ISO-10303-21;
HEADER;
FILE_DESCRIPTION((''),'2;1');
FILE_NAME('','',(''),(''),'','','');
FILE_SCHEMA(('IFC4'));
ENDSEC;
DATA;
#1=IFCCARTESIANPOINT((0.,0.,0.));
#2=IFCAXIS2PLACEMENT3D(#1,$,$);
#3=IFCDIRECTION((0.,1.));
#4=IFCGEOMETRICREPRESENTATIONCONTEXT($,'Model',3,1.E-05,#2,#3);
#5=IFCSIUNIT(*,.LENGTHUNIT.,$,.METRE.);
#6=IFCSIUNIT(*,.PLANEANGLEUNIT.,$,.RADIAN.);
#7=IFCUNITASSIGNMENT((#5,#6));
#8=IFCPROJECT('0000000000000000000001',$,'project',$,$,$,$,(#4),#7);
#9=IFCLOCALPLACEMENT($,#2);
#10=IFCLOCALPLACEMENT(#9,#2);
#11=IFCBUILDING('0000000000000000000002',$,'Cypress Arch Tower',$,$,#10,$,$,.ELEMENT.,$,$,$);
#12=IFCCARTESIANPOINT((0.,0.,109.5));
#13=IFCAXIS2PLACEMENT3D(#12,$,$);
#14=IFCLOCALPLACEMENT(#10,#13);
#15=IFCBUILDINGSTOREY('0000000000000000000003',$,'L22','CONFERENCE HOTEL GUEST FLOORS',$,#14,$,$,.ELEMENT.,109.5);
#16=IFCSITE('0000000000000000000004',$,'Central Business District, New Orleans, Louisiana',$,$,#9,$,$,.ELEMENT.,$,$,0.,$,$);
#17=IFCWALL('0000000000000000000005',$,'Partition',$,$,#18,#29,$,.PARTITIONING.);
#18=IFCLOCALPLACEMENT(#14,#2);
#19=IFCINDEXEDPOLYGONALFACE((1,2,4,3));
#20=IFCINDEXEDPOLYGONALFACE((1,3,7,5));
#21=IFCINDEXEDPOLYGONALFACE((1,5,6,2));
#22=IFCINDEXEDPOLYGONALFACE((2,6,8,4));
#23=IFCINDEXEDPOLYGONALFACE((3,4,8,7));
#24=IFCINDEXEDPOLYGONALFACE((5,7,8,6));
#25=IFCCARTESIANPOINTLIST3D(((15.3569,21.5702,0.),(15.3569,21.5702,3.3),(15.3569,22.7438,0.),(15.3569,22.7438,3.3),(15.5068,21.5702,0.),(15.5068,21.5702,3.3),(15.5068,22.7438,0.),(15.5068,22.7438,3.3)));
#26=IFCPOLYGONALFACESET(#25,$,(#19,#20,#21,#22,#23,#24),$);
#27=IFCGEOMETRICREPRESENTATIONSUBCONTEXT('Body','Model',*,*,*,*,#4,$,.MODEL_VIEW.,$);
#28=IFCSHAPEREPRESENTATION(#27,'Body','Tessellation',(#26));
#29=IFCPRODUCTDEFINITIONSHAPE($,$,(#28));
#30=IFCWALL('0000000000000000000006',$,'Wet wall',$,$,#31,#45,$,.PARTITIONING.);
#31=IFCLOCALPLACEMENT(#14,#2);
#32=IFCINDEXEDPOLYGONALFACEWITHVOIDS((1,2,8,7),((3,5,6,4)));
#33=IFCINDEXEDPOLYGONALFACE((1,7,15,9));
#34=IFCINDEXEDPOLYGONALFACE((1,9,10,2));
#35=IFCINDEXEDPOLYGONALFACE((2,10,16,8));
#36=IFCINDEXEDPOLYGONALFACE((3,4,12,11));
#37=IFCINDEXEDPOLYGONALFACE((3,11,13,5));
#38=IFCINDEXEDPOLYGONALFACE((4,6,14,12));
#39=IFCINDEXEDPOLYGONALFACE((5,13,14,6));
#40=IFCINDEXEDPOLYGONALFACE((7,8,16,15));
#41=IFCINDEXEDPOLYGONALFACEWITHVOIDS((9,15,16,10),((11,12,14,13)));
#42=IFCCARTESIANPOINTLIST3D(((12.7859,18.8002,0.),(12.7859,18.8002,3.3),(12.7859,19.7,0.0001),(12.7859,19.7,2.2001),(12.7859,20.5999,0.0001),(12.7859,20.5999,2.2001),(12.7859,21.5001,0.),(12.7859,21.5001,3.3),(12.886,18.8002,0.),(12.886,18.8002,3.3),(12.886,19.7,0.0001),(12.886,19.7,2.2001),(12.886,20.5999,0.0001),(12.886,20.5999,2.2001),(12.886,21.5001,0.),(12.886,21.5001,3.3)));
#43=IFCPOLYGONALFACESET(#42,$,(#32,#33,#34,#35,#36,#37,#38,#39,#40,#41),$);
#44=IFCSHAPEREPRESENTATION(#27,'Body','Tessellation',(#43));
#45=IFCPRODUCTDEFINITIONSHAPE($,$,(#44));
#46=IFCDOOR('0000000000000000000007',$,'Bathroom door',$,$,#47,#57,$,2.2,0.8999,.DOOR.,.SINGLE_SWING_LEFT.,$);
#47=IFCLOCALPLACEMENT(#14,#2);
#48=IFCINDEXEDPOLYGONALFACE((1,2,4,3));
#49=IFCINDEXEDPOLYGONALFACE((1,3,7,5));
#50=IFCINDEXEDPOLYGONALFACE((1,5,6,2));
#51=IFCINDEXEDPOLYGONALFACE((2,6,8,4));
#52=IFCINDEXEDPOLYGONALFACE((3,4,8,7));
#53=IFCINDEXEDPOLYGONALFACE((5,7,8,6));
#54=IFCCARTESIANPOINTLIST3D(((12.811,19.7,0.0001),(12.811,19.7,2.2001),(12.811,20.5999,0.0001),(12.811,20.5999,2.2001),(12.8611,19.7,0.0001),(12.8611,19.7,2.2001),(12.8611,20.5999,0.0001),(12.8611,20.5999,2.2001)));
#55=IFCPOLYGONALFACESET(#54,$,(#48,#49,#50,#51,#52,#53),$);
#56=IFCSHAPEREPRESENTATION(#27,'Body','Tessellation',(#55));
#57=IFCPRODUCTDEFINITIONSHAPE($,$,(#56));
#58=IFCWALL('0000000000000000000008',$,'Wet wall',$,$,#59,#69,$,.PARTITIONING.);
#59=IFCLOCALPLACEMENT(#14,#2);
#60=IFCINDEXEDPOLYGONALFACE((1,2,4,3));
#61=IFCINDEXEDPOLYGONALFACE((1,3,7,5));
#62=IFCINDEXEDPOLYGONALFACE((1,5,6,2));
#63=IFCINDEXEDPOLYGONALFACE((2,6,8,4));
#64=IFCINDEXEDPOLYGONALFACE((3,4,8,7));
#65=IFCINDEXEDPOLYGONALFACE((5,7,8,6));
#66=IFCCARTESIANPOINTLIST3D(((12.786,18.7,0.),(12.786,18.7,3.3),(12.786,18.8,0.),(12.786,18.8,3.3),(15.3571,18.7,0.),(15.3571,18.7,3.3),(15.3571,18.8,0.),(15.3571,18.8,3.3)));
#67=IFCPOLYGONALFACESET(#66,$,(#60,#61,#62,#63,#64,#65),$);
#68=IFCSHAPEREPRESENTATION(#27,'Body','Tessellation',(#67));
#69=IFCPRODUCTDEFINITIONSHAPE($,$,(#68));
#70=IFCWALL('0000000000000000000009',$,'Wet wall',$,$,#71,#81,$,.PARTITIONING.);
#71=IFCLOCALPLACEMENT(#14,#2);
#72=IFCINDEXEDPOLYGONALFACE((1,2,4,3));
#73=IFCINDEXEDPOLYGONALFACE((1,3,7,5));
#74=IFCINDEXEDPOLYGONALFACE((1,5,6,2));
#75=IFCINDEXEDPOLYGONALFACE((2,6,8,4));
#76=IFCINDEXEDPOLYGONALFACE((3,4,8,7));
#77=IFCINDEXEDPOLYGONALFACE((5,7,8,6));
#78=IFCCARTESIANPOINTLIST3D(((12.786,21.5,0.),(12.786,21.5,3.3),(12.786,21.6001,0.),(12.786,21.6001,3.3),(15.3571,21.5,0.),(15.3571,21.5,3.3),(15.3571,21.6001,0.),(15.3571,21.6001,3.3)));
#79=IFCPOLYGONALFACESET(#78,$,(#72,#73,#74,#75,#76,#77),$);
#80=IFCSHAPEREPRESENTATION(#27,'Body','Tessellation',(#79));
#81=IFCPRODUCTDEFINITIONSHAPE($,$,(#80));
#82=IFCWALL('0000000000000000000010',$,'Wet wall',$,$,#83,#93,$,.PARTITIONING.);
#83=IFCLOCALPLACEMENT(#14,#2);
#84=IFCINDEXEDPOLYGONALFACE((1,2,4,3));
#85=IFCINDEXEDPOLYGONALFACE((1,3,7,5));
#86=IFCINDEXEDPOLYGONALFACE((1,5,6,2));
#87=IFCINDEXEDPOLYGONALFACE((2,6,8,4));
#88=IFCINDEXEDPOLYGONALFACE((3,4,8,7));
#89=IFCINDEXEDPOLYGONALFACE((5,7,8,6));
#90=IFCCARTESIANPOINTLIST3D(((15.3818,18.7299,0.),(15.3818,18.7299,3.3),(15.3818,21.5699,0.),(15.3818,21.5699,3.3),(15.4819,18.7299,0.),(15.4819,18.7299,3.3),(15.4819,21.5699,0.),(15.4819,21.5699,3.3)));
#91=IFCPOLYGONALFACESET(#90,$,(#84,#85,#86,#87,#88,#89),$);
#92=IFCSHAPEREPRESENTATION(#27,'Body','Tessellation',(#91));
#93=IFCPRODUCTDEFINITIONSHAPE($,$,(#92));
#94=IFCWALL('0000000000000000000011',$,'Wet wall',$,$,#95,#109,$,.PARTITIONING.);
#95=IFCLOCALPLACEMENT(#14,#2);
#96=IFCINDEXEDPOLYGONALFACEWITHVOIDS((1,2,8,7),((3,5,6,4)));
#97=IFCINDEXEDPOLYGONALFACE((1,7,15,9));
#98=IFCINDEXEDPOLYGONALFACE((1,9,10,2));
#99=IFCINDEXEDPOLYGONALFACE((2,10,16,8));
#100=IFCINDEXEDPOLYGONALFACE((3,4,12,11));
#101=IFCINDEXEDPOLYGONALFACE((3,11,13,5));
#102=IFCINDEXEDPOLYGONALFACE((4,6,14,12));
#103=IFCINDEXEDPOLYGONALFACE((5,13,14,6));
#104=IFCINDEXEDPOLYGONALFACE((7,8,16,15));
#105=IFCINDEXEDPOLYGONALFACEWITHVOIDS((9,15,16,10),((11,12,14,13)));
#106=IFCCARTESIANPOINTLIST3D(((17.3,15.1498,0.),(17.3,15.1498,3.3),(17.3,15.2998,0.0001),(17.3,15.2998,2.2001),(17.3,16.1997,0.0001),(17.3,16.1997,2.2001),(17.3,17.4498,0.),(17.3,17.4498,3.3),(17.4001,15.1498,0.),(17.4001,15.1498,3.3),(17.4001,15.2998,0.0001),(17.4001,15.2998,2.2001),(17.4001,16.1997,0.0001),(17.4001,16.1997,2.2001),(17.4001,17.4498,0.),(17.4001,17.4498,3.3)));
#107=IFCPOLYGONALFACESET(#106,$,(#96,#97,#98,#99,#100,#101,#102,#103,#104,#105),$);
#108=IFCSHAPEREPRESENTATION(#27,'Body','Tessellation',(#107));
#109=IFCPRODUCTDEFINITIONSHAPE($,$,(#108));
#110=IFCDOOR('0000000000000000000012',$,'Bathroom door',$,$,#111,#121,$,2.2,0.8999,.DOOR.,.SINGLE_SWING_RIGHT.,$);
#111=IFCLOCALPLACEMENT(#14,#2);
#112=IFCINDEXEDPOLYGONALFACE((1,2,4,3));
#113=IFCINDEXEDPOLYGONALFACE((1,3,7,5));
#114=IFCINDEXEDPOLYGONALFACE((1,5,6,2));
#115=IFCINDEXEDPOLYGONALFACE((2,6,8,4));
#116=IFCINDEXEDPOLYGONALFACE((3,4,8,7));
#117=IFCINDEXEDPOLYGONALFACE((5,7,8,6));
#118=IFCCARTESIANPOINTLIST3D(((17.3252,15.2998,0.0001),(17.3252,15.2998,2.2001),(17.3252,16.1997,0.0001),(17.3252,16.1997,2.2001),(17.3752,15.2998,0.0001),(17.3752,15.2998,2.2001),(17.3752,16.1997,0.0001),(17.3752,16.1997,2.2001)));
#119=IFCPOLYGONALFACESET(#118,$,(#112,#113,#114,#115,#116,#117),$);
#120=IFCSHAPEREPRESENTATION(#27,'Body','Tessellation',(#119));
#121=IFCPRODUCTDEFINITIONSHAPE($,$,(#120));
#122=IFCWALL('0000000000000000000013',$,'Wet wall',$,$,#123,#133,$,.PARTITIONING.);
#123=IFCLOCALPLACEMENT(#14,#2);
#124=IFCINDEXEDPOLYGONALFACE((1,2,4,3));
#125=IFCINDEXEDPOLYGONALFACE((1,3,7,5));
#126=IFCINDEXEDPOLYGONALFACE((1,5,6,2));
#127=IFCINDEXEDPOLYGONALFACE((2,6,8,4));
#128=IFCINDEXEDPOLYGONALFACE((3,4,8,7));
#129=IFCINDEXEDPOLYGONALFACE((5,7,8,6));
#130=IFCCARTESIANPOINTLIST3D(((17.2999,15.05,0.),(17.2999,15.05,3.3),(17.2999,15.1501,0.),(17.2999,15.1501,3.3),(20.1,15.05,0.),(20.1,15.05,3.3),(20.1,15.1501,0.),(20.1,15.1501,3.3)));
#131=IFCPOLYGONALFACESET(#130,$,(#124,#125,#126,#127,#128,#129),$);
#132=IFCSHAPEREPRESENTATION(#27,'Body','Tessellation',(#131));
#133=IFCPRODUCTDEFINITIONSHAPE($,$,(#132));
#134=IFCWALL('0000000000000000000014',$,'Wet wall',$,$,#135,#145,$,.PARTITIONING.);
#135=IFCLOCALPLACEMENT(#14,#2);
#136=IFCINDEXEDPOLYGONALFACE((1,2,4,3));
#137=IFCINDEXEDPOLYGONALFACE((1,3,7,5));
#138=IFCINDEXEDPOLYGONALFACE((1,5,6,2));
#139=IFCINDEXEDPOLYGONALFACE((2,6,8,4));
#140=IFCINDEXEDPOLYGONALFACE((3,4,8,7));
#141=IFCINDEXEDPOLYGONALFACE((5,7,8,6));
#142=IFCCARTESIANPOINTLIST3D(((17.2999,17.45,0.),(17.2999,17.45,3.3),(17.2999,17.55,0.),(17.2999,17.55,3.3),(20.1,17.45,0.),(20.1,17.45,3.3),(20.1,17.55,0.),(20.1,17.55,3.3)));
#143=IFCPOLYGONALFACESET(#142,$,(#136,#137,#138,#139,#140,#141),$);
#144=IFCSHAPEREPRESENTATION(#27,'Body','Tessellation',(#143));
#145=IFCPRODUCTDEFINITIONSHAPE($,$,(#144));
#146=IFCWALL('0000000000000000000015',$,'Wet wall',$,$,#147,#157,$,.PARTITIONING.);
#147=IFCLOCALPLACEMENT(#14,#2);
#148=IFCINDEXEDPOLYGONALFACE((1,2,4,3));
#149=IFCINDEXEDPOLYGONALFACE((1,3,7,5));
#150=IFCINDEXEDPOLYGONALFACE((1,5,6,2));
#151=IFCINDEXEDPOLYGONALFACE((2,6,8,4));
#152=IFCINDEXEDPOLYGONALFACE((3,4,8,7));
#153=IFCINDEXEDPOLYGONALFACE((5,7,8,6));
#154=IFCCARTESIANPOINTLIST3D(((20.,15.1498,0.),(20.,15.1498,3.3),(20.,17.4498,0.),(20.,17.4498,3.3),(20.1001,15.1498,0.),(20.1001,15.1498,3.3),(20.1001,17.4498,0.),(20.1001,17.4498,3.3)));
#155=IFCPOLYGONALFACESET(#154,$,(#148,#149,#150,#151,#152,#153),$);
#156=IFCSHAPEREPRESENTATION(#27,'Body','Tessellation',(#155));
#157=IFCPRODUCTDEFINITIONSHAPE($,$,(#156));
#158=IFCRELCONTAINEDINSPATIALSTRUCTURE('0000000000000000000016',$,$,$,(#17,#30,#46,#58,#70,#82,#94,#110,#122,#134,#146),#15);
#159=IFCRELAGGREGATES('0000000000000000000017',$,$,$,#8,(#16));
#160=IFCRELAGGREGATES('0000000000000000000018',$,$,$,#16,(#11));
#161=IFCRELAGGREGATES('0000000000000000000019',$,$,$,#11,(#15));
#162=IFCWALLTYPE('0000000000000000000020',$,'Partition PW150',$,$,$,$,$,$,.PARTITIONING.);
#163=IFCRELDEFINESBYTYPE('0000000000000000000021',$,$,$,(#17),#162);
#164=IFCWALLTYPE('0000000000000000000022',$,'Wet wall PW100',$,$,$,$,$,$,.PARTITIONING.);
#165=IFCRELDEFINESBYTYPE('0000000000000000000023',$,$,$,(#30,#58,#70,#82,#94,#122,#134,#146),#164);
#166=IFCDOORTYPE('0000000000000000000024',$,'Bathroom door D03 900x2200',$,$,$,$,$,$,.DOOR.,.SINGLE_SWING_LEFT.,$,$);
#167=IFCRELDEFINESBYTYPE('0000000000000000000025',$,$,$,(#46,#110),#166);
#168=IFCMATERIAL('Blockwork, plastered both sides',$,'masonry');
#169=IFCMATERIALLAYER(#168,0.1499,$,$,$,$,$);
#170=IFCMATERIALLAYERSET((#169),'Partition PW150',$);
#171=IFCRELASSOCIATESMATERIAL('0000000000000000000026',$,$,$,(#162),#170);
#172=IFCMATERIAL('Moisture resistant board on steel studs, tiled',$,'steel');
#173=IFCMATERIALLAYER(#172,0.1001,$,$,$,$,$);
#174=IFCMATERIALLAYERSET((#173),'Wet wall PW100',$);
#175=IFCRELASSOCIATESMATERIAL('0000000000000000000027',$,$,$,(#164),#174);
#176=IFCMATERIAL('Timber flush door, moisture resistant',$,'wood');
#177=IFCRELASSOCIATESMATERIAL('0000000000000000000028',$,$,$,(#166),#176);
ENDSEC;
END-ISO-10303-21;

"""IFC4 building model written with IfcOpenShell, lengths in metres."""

from ifc_helpers import new_model, si_unit, direction, frame, frame_2d, origin, place, context, subcontext, project, spatial, rectangle, extrude, material, layer, layer_set, type_object, element, fill, save


model = new_model("IFC4")

# Units and contexts
model_context = context("Model", 3, precision=1e-05, world=origin(), true_north=direction((0.0, 1.0)))
body_context = subcontext(model_context, "Body", "Model", "MODEL_VIEW")
ifc_project = project(units=[si_unit("LENGTHUNIT", "METRE"), si_unit("PLANEANGLEUNIT", "RADIAN")], contexts=[model_context])

# Site, building, storey
site_placement = place(None, origin())
site = spatial("IfcSite", under=ifc_project, at=site_placement, Name="Central Business District, New Orleans, Louisiana", CompositionType="ELEMENT", RefElevation=0.0)
building_placement = place(site_placement, origin())
building = spatial("IfcBuilding", under=site, at=building_placement, Name="Cypress Arch Tower", CompositionType="ELEMENT")
storey_placement = place(building_placement, frame((0.0, 0.0, 109.5)))
storey = spatial("IfcBuildingStorey", under=building, at=storey_placement, Name="L22", Description="CONFERENCE HOTEL GUEST FLOORS", CompositionType="ELEMENT", Elevation=109.5)

# Wall
ifc_material_1 = material(Name="Blockwork, plastered both sides", Category="masonry")
ifc_layer_1 = layer(ifc_material_1, 0.1499)
ifc_layer_set_1 = layer_set([ifc_layer_1], Name="Partition PW150")
wall_type_1 = type_object("IfcWallType", Name="Partition PW150", PredefinedType="PARTITIONING", material=ifc_layer_set_1)
wall_1_placement = place(storey_placement, frame((15.4319, 21.5701, 0.0), z_axis=(0.0, 0.0, 1.0), x_axis=(0.0, 1.0, 0.0)))
element("IfcWall", 1, at=wall_1_placement, inside=storey, type_object=wall_type_1, Name="Partition", PredefinedType="PARTITIONING", context=body_context, shape_type="SweptSolid", body=[
    extrude(rectangle(XDim=1.1736, YDim=0.1499, at=frame_2d((0.5869, 0.0))), origin(), (0.0, 0.0, 1.0), 3.3),
])

# Wall, opening, door
ifc_material_2 = material(Name="Moisture resistant board on steel studs, tiled", Category="steel")
ifc_layer_2 = layer(ifc_material_2, 0.1001)
ifc_layer_set_2 = layer_set([ifc_layer_2], Name="Wet wall PW100")
wall_type_2 = type_object("IfcWallType", Name="Wet wall PW100", PredefinedType="PARTITIONING", material=ifc_layer_set_2)
wall_2_placement = place(storey_placement, frame((12.8359, 18.8, 0.0), z_axis=(0.0, 0.0, 1.0), x_axis=(0.0, 1.0, 0.0)))
wall_2 = element("IfcWall", 2, at=wall_2_placement, inside=storey, type_object=wall_type_2, Name="Wet wall", PredefinedType="PARTITIONING", context=body_context, shape_type="SweptSolid", body=[
    extrude(rectangle(XDim=2.7, YDim=0.1001, at=frame_2d((1.3501, 0.0))), origin(), (0.0, 0.0, 1.0), 3.3),
])
opening_1_placement = place(wall_2_placement, frame((0.8999, 0.0, 0.0)))
opening_1 = element("IfcOpeningElement", 3, at=opening_1_placement, cuts=wall_2, PredefinedType="OPENING", context=body_context, shape_type="SweptSolid", body=[
    extrude(rectangle(XDim=0.8999, YDim=2.2, at=frame_2d((0.45, 1.1001))), frame((0.0, 0.0601, 0.0), z_axis=(0.0, -1.0, 0.0), x_axis=(1.0, 0.0, 0.0)), (0.0, 0.0, 1.0), 0.1201),
])
ifc_material_3 = material(Name="Timber flush door, moisture resistant", Category="wood")
door_type_1 = type_object("IfcDoorType", Name="Bathroom door D03 900x2200", OperationType="SINGLE_SWING_LEFT", PredefinedType="DOOR", material=ifc_material_3)
door_1_placement = place(opening_1_placement, origin())
door_1 = element("IfcDoor", 4, at=door_1_placement, inside=storey, type_object=door_type_1, Name="Bathroom door", OperationType="SINGLE_SWING_LEFT", OverallHeight=2.2, OverallWidth=0.8999, PredefinedType="DOOR", context=body_context, shape_type="SweptSolid", body=[
    extrude(rectangle(XDim=0.8999, YDim=2.2, at=frame_2d((0.45, 1.1001))), frame((0.0, 0.0249, 0.0), z_axis=(0.0, -1.0, 0.0), x_axis=(1.0, 0.0, 0.0)), (0.0, 0.0, 1.0), 0.05),
])
fill(opening_1, door_1)

# Walls
for number, where, z_axis, x_axis, name in (
    (5, (12.7859, 18.75, 0.0), (0.0, 0.0, 1.0), (1.0, 0.0, 0.0), "Wet wall"),
    (6, (12.7859, 21.55, 0.0), (0.0, 0.0, 1.0), (1.0, 0.0, 0.0), "Wet wall"),
):
    element("IfcWall", number, at=place(storey_placement, frame(where, z_axis=z_axis, x_axis=x_axis)), inside=storey, type_object=wall_type_2, Name=name, PredefinedType="PARTITIONING", context=body_context, shape_type="SweptSolid", body=[
        extrude(rectangle(XDim=2.571, YDim=0.1001, at=frame_2d((1.2856, 0.0))), origin(), (0.0, 0.0, 1.0), 3.3),
    ])
wall_3_placement = place(storey_placement, frame((15.4319, 18.73, 0.0), z_axis=(0.0, 0.0, 1.0), x_axis=(0.0, 1.0, 0.0)))
element("IfcWall", 7, at=wall_3_placement, inside=storey, type_object=wall_type_2, Name="Wet wall", PredefinedType="PARTITIONING", context=body_context, shape_type="SweptSolid", body=[
    extrude(rectangle(XDim=2.8401, YDim=0.1001, at=frame_2d((1.4199, 0.0))), origin(), (0.0, 0.0, 1.0), 3.3),
])

# Wall, opening, door
wall_4_placement = place(storey_placement, frame((17.3501, 15.1499, 0.0), z_axis=(0.0, 0.0, 1.0), x_axis=(0.0, 1.0, 0.0)))
wall_4 = element("IfcWall", 8, at=wall_4_placement, inside=storey, type_object=wall_type_2, Name="Wet wall", PredefinedType="PARTITIONING", context=body_context, shape_type="SweptSolid", body=[
    extrude(rectangle(XDim=2.3, YDim=0.1001, at=frame_2d((1.1499, 0.0))), origin(), (0.0, 0.0, 1.0), 3.3),
])
opening_2_placement = place(wall_4_placement, frame((0.1499, 0.0, 0.0)))
opening_2 = element("IfcOpeningElement", 9, at=opening_2_placement, cuts=wall_4, PredefinedType="OPENING", context=body_context, shape_type="SweptSolid", body=[
    extrude(rectangle(XDim=0.8999, YDim=2.2, at=frame_2d((0.45, 1.1001))), frame((0.0, 0.0601, 0.0), z_axis=(0.0, -1.0, 0.0), x_axis=(1.0, 0.0, 0.0)), (0.0, 0.0, 1.0), 0.1201),
])
door_2_placement = place(opening_2_placement, origin())
door_2 = element("IfcDoor", 10, at=door_2_placement, inside=storey, type_object=door_type_1, Name="Bathroom door", OperationType="SINGLE_SWING_RIGHT", OverallHeight=2.2, OverallWidth=0.8999, PredefinedType="DOOR", context=body_context, shape_type="SweptSolid", body=[
    extrude(rectangle(XDim=0.8999, YDim=2.2, at=frame_2d((0.45, 1.1001))), frame((0.0, 0.0249, 0.0), z_axis=(0.0, -1.0, 0.0), x_axis=(1.0, 0.0, 0.0)), (0.0, 0.0, 1.0), 0.05),
])
fill(opening_2, door_2)

# Walls
for number, where, z_axis, x_axis, name in (
    (11, (17.3, 15.1001, 0.0), (0.0, 0.0, 1.0), (1.0, 0.0, 0.0), "Wet wall"),
    (12, (17.3, 17.5, 0.0), (0.0, 0.0, 1.0), (1.0, 0.0, 0.0), "Wet wall"),
):
    element("IfcWall", number, at=place(storey_placement, frame(where, z_axis=z_axis, x_axis=x_axis)), inside=storey, type_object=wall_type_2, Name=name, PredefinedType="PARTITIONING", context=body_context, shape_type="SweptSolid", body=[
        extrude(rectangle(XDim=2.8, YDim=0.1001, at=frame_2d((1.3999, 0.0))), origin(), (0.0, 0.0, 1.0), 3.3),
    ])
wall_5_placement = place(storey_placement, frame((20.05, 15.1499, 0.0), z_axis=(0.0, 0.0, 1.0), x_axis=(0.0, 1.0, 0.0)))
element("IfcWall", 13, at=wall_5_placement, inside=storey, type_object=wall_type_2, Name="Wet wall", PredefinedType="PARTITIONING", context=body_context, shape_type="SweptSolid", body=[
    extrude(rectangle(XDim=2.3, YDim=0.1001, at=frame_2d((1.1499, 0.0))), origin(), (0.0, 0.0, 1.0), 3.3),
])

save(model, "model.ifc")
